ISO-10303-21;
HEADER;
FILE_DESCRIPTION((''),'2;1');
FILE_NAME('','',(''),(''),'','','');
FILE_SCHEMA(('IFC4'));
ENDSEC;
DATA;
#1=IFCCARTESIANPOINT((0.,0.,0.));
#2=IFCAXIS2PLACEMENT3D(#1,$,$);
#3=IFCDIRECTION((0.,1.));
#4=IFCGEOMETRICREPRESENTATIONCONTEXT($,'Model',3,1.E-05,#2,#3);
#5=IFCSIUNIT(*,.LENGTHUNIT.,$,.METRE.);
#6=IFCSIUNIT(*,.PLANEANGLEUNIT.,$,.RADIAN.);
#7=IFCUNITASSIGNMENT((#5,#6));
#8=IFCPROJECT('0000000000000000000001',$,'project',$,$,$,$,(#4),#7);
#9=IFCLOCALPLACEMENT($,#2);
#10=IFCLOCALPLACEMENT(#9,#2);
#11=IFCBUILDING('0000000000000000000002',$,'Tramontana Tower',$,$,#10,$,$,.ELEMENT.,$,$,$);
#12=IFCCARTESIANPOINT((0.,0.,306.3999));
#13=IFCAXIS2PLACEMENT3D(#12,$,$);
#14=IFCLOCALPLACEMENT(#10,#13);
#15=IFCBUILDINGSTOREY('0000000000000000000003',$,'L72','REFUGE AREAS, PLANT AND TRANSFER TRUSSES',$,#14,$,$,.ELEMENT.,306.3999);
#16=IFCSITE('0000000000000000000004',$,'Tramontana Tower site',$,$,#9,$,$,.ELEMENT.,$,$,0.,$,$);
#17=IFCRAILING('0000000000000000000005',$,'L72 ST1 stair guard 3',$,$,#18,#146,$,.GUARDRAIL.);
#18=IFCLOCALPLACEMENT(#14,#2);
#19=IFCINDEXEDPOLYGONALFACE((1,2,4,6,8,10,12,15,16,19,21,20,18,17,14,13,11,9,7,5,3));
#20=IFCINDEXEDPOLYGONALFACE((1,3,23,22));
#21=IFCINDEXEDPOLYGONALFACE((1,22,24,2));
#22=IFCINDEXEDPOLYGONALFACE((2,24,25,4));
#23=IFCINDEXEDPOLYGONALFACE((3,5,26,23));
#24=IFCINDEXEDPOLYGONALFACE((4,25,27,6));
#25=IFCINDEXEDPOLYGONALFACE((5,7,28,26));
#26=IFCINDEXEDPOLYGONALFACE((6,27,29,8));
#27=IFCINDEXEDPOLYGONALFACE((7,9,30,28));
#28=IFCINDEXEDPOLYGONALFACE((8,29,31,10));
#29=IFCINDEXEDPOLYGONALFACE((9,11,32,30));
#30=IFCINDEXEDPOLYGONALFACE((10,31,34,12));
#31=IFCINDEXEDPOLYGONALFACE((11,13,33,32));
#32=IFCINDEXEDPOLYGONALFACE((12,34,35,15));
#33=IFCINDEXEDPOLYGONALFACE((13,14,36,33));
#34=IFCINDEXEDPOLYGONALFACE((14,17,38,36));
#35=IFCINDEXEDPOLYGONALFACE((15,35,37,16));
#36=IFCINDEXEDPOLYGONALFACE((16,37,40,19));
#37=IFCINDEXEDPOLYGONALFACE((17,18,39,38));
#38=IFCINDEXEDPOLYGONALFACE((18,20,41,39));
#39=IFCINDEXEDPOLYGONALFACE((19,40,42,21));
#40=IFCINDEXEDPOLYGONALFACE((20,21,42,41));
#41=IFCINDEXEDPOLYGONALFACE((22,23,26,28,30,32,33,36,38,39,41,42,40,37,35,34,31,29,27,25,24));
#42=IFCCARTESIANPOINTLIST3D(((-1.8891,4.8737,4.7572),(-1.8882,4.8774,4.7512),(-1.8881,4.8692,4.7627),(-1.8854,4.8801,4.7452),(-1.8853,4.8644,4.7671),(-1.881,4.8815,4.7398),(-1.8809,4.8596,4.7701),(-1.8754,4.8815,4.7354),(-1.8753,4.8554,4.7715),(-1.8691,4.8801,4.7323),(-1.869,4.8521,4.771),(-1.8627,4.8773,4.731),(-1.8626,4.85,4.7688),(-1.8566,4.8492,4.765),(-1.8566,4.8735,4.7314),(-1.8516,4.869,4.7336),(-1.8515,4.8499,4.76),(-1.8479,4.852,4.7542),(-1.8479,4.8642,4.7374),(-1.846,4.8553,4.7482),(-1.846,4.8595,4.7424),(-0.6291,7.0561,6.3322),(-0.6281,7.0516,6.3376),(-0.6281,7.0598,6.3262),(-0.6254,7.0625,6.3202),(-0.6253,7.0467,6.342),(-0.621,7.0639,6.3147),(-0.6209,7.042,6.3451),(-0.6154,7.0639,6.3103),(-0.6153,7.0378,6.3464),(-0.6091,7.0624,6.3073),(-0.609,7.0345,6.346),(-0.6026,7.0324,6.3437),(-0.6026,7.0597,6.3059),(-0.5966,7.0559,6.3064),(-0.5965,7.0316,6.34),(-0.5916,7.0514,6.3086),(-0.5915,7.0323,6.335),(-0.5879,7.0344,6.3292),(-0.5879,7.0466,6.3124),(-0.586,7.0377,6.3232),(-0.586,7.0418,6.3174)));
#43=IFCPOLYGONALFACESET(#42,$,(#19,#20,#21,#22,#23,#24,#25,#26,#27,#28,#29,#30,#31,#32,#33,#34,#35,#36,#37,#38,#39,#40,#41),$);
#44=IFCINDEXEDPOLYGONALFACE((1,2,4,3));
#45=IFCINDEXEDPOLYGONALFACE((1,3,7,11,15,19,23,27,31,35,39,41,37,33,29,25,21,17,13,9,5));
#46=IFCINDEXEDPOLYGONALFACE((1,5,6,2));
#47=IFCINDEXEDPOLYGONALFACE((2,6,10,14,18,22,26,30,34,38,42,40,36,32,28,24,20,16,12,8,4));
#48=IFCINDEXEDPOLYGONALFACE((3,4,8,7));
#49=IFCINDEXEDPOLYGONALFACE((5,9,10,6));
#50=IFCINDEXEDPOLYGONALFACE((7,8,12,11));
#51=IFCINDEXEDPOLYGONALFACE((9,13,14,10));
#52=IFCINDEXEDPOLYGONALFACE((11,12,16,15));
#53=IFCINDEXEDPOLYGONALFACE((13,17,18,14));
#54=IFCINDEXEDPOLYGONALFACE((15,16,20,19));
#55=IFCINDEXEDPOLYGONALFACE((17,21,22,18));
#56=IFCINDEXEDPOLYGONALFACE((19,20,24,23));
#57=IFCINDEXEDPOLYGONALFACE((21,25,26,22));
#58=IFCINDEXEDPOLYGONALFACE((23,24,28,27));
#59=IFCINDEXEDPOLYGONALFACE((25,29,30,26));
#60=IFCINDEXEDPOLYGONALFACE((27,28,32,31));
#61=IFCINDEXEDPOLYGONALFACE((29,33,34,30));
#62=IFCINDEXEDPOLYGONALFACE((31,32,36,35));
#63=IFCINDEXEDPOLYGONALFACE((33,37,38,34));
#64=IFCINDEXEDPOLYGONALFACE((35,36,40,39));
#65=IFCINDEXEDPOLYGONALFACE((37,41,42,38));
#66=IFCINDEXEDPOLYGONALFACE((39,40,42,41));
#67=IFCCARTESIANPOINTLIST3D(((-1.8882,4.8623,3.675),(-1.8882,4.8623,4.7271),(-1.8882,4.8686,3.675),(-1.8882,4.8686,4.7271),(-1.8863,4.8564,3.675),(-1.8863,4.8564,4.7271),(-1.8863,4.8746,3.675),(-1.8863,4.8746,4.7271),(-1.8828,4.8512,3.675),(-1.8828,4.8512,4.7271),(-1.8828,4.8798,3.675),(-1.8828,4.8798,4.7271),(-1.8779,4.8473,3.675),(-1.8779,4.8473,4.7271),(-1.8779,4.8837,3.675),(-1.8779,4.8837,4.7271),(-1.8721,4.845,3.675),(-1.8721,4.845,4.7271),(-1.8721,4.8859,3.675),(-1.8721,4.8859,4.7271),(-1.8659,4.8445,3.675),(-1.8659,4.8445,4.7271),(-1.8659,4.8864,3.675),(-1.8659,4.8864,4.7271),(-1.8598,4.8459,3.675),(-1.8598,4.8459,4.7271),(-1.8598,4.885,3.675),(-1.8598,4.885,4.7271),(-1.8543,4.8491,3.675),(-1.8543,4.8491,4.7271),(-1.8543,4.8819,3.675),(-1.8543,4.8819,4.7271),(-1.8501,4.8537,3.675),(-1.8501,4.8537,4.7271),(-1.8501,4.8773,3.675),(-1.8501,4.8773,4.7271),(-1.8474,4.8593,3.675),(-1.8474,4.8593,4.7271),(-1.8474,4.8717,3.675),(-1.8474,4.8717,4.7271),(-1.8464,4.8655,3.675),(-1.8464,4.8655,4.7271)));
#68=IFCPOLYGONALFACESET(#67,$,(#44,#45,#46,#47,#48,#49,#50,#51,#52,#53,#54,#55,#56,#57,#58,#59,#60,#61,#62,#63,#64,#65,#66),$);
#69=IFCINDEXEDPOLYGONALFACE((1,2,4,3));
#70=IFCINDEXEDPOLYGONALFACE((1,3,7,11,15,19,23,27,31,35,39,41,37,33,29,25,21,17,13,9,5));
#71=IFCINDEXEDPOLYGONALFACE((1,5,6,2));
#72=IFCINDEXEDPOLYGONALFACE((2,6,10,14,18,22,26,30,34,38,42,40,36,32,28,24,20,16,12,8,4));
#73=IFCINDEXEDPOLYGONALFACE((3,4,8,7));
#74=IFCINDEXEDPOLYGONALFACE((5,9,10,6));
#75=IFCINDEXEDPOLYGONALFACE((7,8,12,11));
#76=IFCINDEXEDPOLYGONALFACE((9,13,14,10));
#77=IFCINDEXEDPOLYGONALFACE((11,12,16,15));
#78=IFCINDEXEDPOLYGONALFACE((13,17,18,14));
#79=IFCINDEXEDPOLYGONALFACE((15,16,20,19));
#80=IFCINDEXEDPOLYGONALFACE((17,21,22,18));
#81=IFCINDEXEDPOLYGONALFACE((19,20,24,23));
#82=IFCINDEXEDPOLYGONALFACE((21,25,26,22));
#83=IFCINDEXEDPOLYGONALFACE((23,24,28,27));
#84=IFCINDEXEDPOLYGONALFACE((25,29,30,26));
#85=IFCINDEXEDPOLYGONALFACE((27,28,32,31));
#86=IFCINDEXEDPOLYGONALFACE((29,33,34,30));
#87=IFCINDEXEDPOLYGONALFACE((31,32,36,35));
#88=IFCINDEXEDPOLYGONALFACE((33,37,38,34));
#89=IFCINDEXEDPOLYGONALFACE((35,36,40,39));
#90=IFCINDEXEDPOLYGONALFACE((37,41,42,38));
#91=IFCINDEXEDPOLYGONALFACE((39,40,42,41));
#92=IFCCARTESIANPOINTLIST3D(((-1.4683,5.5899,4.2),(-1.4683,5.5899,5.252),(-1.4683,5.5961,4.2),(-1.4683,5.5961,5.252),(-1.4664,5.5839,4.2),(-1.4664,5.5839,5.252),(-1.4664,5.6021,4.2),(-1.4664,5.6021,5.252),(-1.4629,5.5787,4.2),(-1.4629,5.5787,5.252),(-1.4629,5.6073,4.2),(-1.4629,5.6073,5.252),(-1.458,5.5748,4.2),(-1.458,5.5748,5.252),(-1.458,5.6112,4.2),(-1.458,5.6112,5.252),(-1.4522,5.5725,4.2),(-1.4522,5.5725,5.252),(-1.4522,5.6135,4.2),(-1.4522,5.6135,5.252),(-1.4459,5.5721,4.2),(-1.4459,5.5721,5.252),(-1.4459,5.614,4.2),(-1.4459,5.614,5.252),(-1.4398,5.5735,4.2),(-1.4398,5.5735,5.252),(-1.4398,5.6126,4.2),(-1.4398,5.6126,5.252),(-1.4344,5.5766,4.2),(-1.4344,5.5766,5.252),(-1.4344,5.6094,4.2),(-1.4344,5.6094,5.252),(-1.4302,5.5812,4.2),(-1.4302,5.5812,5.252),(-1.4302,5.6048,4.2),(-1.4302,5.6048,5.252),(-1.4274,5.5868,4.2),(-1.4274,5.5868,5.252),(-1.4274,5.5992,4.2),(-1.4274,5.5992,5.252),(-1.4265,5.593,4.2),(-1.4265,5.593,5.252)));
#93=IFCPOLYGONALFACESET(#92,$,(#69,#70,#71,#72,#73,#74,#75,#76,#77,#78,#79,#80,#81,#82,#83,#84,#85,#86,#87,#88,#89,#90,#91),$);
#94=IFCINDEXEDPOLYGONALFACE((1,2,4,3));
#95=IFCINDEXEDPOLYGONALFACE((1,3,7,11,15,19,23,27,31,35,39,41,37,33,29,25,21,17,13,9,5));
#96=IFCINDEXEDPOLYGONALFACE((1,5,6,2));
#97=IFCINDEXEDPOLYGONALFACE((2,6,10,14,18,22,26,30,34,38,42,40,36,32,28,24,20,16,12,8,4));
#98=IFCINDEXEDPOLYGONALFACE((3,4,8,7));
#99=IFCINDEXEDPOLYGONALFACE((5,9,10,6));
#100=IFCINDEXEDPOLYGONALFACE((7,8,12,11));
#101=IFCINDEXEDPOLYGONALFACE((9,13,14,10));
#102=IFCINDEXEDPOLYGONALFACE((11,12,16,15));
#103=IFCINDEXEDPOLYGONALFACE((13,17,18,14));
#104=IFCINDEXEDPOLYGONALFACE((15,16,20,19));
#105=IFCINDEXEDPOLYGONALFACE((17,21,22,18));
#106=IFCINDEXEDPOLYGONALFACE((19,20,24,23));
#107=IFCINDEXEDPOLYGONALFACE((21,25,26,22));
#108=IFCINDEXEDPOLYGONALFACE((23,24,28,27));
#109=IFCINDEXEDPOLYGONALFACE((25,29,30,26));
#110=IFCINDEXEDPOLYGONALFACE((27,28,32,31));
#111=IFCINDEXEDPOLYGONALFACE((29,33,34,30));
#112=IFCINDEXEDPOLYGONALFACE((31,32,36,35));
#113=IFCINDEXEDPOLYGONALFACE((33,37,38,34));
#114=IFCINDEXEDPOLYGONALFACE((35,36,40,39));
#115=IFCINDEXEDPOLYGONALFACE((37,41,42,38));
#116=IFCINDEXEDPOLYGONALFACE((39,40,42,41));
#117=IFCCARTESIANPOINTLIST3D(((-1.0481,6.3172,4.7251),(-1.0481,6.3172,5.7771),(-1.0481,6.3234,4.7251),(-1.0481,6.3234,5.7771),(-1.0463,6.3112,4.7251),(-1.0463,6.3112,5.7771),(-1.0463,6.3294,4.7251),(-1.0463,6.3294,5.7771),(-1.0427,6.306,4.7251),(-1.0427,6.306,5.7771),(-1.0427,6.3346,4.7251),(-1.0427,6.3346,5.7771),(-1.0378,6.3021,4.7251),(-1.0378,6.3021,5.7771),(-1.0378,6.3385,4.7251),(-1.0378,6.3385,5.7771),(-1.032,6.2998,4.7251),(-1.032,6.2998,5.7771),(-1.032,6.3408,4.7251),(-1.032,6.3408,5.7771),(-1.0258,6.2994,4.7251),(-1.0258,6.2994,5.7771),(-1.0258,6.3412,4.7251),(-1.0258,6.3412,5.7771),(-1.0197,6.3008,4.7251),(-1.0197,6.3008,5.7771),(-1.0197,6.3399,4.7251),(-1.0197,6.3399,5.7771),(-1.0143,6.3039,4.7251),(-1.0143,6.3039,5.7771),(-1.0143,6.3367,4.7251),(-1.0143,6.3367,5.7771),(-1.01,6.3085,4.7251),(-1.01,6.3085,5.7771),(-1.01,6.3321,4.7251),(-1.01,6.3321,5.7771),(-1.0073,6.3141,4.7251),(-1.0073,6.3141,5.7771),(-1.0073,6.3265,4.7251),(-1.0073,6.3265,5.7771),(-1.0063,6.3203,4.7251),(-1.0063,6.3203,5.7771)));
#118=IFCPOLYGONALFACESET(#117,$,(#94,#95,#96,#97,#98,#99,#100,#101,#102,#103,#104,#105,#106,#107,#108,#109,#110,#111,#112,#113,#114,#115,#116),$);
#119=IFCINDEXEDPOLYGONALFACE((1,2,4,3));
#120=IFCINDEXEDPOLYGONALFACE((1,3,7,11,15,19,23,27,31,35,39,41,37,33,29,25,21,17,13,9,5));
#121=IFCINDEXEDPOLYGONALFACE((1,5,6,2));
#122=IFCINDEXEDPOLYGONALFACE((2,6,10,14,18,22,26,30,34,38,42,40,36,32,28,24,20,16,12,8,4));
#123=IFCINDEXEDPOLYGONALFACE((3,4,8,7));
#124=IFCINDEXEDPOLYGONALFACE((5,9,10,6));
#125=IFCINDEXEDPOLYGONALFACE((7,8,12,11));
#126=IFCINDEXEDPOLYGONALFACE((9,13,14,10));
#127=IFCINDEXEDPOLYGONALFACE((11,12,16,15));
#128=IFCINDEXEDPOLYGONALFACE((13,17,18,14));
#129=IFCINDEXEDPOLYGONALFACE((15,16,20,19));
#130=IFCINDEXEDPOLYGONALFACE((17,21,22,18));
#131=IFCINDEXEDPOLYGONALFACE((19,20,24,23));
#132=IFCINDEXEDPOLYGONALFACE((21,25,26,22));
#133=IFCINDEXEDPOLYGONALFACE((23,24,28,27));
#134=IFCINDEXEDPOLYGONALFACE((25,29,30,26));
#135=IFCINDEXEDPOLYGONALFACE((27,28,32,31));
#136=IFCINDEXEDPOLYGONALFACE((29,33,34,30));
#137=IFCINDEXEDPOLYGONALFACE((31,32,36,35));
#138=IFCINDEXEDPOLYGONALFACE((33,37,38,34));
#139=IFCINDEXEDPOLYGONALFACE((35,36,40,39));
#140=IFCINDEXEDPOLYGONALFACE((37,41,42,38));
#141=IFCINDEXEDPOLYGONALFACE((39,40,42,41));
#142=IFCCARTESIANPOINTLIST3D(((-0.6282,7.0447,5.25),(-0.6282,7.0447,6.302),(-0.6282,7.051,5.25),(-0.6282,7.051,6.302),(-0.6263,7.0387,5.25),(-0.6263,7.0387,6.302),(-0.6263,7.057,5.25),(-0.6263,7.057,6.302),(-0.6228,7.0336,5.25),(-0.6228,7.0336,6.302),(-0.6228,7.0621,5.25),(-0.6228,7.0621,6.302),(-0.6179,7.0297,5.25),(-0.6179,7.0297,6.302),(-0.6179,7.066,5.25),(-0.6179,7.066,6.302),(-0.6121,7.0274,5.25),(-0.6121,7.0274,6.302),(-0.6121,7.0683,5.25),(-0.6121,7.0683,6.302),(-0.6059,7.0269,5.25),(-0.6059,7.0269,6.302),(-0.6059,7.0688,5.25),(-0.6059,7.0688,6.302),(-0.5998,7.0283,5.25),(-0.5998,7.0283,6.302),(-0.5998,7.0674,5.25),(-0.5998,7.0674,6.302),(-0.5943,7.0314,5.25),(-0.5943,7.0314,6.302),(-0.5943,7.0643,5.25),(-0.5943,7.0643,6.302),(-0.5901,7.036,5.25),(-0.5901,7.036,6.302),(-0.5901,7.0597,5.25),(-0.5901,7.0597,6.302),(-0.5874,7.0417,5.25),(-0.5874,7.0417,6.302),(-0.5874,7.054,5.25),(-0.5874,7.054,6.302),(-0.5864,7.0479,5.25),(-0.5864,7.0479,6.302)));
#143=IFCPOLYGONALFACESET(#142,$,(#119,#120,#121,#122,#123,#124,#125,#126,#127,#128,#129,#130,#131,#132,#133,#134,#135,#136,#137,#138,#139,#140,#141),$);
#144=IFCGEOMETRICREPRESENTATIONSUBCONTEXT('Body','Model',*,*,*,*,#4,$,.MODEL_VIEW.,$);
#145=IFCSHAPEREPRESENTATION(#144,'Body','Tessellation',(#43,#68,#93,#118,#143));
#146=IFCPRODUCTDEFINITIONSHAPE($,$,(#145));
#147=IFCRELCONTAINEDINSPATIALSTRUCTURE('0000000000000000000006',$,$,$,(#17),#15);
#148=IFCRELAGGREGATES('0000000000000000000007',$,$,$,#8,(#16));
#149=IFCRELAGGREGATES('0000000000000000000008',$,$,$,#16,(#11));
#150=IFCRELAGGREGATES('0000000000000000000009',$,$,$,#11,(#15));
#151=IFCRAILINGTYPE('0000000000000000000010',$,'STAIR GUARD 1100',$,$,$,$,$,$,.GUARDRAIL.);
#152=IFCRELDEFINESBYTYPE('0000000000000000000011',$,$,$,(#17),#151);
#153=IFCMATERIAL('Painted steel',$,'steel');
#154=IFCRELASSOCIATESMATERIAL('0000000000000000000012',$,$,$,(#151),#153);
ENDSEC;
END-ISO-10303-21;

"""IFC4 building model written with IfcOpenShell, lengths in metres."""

from ifc_helpers import new_model, si_unit, direction, frame, origin, origin_2d, place, context, subcontext, project, spatial, circle, extrude, material, type_object, element, save


model = new_model("IFC4")

# Units and contexts
model_context = context("Model", 3, precision=1e-05, world=origin(), true_north=direction((0.0, 1.0)))
body_context = subcontext(model_context, "Body", "Model", "MODEL_VIEW")
ifc_project = project(units=[si_unit("LENGTHUNIT", "METRE"), si_unit("PLANEANGLEUNIT", "RADIAN")], contexts=[model_context])

# Site, building, storey
site_placement = place(None, origin())
site = spatial("IfcSite", under=ifc_project, at=site_placement, Name="Tramontana Tower site", CompositionType="ELEMENT", RefElevation=0.0)
building_placement = place(site_placement, origin())
building = spatial("IfcBuilding", under=site, at=building_placement, Name="Tramontana Tower", CompositionType="ELEMENT")
storey_placement = place(building_placement, frame((0.0, 0.0, 306.3999)))
storey = spatial("IfcBuildingStorey", under=building, at=storey_placement, Name="L72", Description="REFUGE AREAS, PLANT AND TRANSFER TRUSSES", CompositionType="ELEMENT", Elevation=306.3999)

# Railing
ifc_material_1 = material(Name="Painted steel", Category="steel")
railing_type_1 = type_object("IfcRailingType", Name="STAIR GUARD 1100", PredefinedType="GUARDRAIL", material=ifc_material_1)
railing_1_placement = place(storey_placement, frame((-1.8674, 4.8655, 3.675)))
element("IfcRailing", 1, at=railing_1_placement, inside=storey, type_object=railing_type_1, Name="L72 ST1 stair guard 3", PredefinedType="GUARDRAIL", context=body_context, shape_type="SweptSolid", body=[
    extrude(circle(Radius=0.0239, at=origin_2d()), frame((0.0, 0.0, 1.0762), z_axis=(0.424007, 0.734392, 0.529988), x_axis=(-0.866023, 0.500005, 0.0)), (0.0, 0.0, 1.0), 2.9717),
    extrude(circle(Radius=0.021, at=origin_2d()), origin(), (0.0, 0.0, 1.0), 1.052),
    extrude(circle(Radius=0.021, at=origin_2d()), frame((0.4199, 0.7275, 0.5249)), (0.0, 0.0, 1.0), 1.052),
    extrude(circle(Radius=0.021, at=origin_2d()), frame((0.8401, 1.4548, 1.05)), (0.0, 0.0, 1.0), 1.052),
    extrude(circle(Radius=0.021, at=origin_2d()), frame((1.26, 2.1824, 1.575)), (0.0, 0.0, 1.0), 1.052),
])

save(model, "model.ifc")
